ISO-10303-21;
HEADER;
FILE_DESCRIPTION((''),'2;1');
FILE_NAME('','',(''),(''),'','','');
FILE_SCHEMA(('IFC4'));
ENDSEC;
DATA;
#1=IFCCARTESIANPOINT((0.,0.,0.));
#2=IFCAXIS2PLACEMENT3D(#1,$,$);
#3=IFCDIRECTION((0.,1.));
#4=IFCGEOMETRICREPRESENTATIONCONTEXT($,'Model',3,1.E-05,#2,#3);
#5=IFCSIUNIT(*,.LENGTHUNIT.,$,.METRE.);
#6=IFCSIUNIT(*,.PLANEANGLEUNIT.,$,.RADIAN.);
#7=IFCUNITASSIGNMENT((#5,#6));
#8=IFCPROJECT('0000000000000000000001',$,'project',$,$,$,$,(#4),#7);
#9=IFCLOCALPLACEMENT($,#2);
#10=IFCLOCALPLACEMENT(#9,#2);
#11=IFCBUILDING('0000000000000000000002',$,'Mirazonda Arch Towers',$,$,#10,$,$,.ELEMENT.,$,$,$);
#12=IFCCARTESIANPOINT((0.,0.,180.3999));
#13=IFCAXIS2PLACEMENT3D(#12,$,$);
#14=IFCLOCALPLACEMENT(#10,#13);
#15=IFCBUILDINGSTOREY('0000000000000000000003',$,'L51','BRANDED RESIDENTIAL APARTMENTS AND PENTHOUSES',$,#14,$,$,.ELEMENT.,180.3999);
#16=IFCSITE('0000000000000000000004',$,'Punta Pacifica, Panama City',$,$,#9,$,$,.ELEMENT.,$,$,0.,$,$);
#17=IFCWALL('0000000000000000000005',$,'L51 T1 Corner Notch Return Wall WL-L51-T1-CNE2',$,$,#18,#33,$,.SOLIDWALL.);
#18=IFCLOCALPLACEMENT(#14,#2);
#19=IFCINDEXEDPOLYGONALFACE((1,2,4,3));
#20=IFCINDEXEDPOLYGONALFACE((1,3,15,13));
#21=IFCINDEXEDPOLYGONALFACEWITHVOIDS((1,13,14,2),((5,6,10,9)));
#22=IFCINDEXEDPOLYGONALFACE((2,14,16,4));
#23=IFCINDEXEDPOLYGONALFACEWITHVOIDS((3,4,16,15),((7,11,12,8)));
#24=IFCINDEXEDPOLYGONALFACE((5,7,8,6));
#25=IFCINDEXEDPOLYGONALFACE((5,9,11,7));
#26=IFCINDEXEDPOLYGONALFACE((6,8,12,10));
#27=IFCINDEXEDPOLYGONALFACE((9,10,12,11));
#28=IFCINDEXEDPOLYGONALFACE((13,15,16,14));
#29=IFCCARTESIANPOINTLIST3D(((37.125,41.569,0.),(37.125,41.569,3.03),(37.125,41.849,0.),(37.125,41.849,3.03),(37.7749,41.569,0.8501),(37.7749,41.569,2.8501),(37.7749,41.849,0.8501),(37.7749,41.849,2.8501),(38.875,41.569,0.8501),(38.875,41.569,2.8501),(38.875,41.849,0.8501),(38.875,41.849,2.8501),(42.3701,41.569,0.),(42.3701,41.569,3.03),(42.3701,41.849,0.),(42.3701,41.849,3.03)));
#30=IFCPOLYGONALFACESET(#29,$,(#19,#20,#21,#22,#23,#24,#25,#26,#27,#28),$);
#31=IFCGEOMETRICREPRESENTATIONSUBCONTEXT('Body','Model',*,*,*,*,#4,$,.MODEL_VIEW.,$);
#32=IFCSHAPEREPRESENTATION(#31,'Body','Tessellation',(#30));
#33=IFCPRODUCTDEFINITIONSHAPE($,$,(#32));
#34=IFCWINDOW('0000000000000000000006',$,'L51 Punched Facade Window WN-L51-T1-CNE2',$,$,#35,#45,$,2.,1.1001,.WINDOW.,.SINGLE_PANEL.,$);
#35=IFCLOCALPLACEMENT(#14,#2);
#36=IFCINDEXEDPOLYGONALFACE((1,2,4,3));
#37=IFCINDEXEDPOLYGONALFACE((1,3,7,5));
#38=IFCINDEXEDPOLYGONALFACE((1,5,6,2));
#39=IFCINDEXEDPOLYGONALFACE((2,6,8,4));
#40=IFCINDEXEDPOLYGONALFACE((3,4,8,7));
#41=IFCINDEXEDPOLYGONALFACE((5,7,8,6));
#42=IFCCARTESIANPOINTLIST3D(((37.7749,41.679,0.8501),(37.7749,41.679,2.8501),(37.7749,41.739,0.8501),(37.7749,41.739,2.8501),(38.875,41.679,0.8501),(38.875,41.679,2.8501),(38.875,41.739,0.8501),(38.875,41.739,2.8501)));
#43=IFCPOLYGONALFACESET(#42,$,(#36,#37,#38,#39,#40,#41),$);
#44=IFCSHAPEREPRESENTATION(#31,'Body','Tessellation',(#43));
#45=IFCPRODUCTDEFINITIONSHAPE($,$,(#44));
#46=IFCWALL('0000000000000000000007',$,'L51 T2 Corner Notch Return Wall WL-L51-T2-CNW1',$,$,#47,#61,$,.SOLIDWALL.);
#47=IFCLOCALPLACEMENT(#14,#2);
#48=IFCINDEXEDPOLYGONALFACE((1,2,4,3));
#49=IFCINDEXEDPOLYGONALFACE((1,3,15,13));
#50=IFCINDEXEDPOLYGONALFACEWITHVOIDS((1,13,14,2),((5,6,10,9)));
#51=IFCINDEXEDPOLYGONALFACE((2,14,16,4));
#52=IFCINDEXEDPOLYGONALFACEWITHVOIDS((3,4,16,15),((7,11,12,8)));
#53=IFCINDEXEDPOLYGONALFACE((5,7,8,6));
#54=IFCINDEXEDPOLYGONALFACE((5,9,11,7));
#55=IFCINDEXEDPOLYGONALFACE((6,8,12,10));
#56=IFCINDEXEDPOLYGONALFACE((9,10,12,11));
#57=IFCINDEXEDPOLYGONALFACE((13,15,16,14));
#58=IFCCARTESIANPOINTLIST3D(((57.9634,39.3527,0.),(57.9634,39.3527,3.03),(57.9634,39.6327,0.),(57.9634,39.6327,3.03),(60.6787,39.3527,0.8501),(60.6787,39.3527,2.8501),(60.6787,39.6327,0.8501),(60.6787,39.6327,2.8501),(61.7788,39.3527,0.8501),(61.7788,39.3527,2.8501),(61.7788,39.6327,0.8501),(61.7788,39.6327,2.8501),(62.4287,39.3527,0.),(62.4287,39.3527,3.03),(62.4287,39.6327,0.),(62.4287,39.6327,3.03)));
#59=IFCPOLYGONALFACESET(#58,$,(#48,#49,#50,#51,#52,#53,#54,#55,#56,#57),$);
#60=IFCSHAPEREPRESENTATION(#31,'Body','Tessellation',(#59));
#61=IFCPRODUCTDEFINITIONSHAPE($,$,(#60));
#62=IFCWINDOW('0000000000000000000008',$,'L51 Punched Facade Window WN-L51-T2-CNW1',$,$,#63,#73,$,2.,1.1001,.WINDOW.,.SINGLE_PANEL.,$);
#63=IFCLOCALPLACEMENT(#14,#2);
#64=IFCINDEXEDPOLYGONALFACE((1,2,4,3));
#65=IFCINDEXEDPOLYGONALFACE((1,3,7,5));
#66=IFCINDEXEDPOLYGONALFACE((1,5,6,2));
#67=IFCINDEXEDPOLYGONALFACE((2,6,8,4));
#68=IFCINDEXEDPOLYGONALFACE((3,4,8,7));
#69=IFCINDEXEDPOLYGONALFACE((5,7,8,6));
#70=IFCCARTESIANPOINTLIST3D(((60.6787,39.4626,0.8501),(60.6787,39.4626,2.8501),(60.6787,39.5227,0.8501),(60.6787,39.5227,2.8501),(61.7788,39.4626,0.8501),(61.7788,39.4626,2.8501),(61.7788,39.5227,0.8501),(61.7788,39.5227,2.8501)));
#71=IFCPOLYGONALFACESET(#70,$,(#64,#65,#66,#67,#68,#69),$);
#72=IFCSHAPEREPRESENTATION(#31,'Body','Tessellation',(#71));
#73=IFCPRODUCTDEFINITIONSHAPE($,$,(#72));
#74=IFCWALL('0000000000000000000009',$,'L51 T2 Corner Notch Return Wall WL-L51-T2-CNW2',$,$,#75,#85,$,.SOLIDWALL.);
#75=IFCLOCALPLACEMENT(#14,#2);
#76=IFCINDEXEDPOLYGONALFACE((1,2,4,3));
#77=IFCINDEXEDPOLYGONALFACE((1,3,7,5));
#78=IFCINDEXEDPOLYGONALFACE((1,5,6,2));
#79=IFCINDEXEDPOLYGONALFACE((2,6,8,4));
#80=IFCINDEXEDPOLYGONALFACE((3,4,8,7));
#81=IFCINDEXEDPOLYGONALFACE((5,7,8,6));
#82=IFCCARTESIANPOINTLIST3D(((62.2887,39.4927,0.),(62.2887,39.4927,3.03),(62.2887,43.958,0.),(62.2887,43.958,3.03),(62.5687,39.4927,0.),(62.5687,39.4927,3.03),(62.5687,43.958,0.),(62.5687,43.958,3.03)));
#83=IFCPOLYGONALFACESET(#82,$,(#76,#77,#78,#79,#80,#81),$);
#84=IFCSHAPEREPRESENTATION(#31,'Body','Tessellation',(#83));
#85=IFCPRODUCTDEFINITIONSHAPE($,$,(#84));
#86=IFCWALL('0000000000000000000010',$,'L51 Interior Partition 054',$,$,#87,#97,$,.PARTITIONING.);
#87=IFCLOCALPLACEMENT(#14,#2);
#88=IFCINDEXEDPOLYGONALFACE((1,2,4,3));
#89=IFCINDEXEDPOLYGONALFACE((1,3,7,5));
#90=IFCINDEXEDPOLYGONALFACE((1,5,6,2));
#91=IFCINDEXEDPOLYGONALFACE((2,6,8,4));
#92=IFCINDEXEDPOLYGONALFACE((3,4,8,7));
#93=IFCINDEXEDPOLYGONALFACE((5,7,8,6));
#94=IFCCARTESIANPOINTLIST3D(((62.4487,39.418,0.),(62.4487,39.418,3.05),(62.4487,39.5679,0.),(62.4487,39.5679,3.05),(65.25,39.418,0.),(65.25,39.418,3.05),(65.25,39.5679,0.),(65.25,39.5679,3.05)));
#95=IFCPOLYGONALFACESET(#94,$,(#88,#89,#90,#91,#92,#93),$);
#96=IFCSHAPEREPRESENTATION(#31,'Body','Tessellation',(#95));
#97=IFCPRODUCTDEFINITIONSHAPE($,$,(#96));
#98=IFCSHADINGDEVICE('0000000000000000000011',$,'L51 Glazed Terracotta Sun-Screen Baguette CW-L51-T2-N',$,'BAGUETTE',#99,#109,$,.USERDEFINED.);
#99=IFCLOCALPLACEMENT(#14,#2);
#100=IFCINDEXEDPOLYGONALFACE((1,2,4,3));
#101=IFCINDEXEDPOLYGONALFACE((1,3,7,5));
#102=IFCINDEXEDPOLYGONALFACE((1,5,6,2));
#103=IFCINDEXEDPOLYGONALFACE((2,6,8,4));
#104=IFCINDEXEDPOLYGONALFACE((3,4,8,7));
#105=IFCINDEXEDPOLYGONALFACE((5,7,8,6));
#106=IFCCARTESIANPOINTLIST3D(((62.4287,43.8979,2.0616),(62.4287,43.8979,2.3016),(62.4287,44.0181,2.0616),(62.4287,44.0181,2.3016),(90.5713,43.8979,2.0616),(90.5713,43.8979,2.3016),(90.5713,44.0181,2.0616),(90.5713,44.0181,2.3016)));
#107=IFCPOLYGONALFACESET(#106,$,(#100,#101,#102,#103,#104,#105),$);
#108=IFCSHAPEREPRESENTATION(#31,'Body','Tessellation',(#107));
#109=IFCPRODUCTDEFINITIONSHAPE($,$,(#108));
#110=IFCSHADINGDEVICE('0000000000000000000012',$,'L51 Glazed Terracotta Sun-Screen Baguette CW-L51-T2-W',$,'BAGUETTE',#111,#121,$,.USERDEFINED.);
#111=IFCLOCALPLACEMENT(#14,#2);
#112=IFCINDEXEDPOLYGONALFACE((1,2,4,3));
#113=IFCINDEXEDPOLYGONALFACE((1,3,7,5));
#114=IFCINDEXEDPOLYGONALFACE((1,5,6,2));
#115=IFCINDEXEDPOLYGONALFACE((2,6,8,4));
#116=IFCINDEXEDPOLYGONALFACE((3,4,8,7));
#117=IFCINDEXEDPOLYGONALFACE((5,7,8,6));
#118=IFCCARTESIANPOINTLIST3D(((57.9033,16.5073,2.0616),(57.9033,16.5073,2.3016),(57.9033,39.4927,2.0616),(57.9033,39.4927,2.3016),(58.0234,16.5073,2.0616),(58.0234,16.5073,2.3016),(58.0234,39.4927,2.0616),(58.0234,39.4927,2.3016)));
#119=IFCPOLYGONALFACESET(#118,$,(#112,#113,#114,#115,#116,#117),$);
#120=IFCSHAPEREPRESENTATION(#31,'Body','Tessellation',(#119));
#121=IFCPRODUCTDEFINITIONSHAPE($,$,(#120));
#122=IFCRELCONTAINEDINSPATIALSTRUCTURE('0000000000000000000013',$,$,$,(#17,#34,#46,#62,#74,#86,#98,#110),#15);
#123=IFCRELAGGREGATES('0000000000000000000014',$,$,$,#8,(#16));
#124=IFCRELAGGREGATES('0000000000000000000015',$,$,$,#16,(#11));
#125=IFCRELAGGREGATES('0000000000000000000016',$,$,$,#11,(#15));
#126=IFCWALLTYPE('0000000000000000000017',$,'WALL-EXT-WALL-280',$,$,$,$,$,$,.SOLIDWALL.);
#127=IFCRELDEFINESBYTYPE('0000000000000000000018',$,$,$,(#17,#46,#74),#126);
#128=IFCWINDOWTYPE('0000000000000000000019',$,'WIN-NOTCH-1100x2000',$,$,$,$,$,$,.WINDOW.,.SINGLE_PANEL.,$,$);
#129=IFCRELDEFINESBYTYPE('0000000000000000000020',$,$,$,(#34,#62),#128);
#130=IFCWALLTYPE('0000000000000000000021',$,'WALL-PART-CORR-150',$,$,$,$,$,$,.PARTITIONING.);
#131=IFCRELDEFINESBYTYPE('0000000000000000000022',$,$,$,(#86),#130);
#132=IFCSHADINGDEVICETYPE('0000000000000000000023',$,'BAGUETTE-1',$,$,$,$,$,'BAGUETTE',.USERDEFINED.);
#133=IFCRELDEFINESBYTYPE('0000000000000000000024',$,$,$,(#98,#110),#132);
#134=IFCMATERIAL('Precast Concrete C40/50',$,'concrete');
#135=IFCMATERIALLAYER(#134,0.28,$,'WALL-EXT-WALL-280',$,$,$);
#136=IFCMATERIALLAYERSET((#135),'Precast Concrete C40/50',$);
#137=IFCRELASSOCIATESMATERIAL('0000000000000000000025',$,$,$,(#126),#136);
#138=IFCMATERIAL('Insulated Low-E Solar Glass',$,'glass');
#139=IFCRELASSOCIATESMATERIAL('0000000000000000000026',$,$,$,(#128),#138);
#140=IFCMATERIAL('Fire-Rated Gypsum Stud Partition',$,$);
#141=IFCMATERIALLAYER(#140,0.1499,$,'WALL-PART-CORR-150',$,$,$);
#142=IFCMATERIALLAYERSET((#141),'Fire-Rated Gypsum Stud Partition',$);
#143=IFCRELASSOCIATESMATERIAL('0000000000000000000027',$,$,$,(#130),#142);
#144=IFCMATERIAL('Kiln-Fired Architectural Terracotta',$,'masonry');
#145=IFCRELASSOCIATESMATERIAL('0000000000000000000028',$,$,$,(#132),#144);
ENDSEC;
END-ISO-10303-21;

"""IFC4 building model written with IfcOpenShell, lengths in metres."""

from ifc_helpers import new_model, si_unit, direction, frame, frame_2d, origin, origin_2d, place, context, subcontext, project, spatial, rectangle, extrude, material, layer, layer_set, material_profile, profile_set, type_object, element, fill, save


model = new_model("IFC4")

# Units and contexts
model_context = context("Model", 3, precision=1e-05, world=origin(), true_north=direction((0.0, 1.0)))
body_context = subcontext(model_context, "Body", "Model", "MODEL_VIEW")
ifc_project = project(units=[si_unit("LENGTHUNIT", "METRE"), si_unit("PLANEANGLEUNIT", "RADIAN")], contexts=[model_context])

# Site, building, storey
site_placement = place(None, origin())
site = spatial("IfcSite", under=ifc_project, at=site_placement, Name="Punta Pacifica, Panama City", CompositionType="ELEMENT", RefElevation=0.0)
building_placement = place(site_placement, origin())
building = spatial("IfcBuilding", under=site, at=building_placement, Name="Mirazonda Arch Towers", CompositionType="ELEMENT")
storey_placement = place(building_placement, frame((0.0, 0.0, 180.3999)))
storey = spatial("IfcBuildingStorey", under=building, at=storey_placement, Name="L51", Description="BRANDED RESIDENTIAL APARTMENTS AND PENTHOUSES", CompositionType="ELEMENT", Elevation=180.3999)

# Shared definitions
ifc_material_1 = material(Name="Insulated Low-E Solar Glass", Category="glass")

# Walls, openings, windows
ifc_material_2 = material(Name="Precast Concrete C40/50", Category="concrete")
ifc_layer_1 = layer(ifc_material_2, 0.28, Name="WALL-EXT-WALL-280")
ifc_layer_set_1 = layer_set([ifc_layer_1], Name="Precast Concrete C40/50")
wall_type_1 = type_object("IfcWallType", Name="WALL-EXT-WALL-280", PredefinedType="SOLIDWALL", material=ifc_layer_set_1)
wall_1_placement = place(storey_placement, frame((42.3701, 41.709, 0.0), z_axis=(0.0, 0.0, 1.0), x_axis=(-1.0, 0.0, 0.0)))
wall_1 = element("IfcWall", 1, at=wall_1_placement, inside=storey, type_object=wall_type_1, Name="L51 T1 Corner Notch Return Wall WL-L51-T1-CNE2", PredefinedType="SOLIDWALL", context=body_context, shape_type="SweptSolid", body=[
    extrude(rectangle(XDim=5.2451, YDim=0.28, at=frame_2d((2.6226, 0.0))), origin(), (0.0, 0.0, 1.0), 3.03),
])
opening_1_placement = place(wall_1_placement, frame((3.4951, 0.0, 0.8501)))
opening_1 = element("IfcOpeningElement", 2, at=opening_1_placement, cuts=wall_1, PredefinedType="OPENING", context=body_context, shape_type="SweptSolid", body=[
    extrude(rectangle(XDim=1.1001, YDim=2.0, at=frame_2d((0.55, 1.0))), frame((0.0, 0.1499, 0.0), z_axis=(0.0, -1.0, 0.0), x_axis=(1.0, 0.0, 0.0)), (0.0, 0.0, 1.0), 0.3),
])
window_type = type_object("IfcWindowType", Name="WIN-NOTCH-1100x2000", PartitioningType="SINGLE_PANEL", PredefinedType="WINDOW", material=ifc_material_1)
window_1_placement = place(opening_1_placement, origin())
window_1 = element("IfcWindow", 3, at=window_1_placement, inside=storey, type_object=window_type, Name="L51 Punched Facade Window WN-L51-T1-CNE2", OverallHeight=2.0, OverallWidth=1.1001, PartitioningType="SINGLE_PANEL", PredefinedType="WINDOW", context=body_context, shape_type="SweptSolid", body=[
    extrude(rectangle(XDim=1.1001, YDim=2.0, at=frame_2d((0.55, 1.0))), frame((0.0, 0.03, 0.0), z_axis=(0.0, -1.0, 0.0), x_axis=(1.0, 0.0, 0.0)), (0.0, 0.0, 1.0), 0.0601),
])
fill(opening_1, window_1)
wall_2_placement = place(storey_placement, frame((62.4287, 39.4927, 0.0), z_axis=(0.0, 0.0, 1.0), x_axis=(-1.0, 0.0, 0.0)))
wall_2 = element("IfcWall", 4, at=wall_2_placement, inside=storey, type_object=wall_type_1, Name="L51 T2 Corner Notch Return Wall WL-L51-T2-CNW1", PredefinedType="SOLIDWALL", context=body_context, shape_type="SweptSolid", body=[
    extrude(rectangle(XDim=4.4653, YDim=0.28, at=frame_2d((2.2327, 0.0))), origin(), (0.0, 0.0, 1.0), 3.03),
])
opening_2_placement = place(wall_2_placement, frame((0.6499, 0.0, 0.8501)))
opening_2 = element("IfcOpeningElement", 5, at=opening_2_placement, cuts=wall_2, PredefinedType="OPENING", context=body_context, shape_type="SweptSolid", body=[
    extrude(rectangle(XDim=1.1001, YDim=2.0, at=frame_2d((0.55, 1.0))), frame((0.0, 0.1499, 0.0), z_axis=(0.0, -1.0, 0.0), x_axis=(1.0, 0.0, 0.0)), (0.0, 0.0, 1.0), 0.3),
])
window_2_placement = place(opening_2_placement, origin())
window_2 = element("IfcWindow", 6, at=window_2_placement, inside=storey, type_object=window_type, Name="L51 Punched Facade Window WN-L51-T2-CNW1", OverallHeight=2.0, OverallWidth=1.1001, PartitioningType="SINGLE_PANEL", PredefinedType="WINDOW", context=body_context, shape_type="SweptSolid", body=[
    extrude(rectangle(XDim=1.1001, YDim=2.0, at=frame_2d((0.55, 1.0))), frame((0.0, 0.03, 0.0), z_axis=(0.0, -1.0, 0.0), x_axis=(1.0, 0.0, 0.0)), (0.0, 0.0, 1.0), 0.0601),
])
fill(opening_2, window_2)

# Wall
wall_3_placement = place(storey_placement, frame((62.4287, 43.958, 0.0), z_axis=(0.0, 0.0, 1.0), x_axis=(0.0, -1.0, 0.0)))
element("IfcWall", 7, at=wall_3_placement, inside=storey, type_object=wall_type_1, Name="L51 T2 Corner Notch Return Wall WL-L51-T2-CNW2", PredefinedType="SOLIDWALL", context=body_context, shape_type="SweptSolid", body=[
    extrude(rectangle(XDim=4.4653, YDim=0.28, at=frame_2d((2.2327, 0.0))), origin(), (0.0, 0.0, 1.0), 3.03),
])

# Shared definitions
ifc_material_3 = material(Name="Fire-Rated Gypsum Stud Partition")
ifc_layer_2 = layer(ifc_material_3, 0.1499, Name="WALL-PART-CORR-150")
ifc_layer_set_2 = layer_set([ifc_layer_2], Name="Fire-Rated Gypsum Stud Partition")
wall_type_2 = type_object("IfcWallType", Name="WALL-PART-CORR-150", PredefinedType="PARTITIONING", material=ifc_layer_set_2)

# Wall
wall_4_placement = place(storey_placement, frame((62.4487, 39.4929, 0.0), z_axis=(0.0, 0.0, 1.0), x_axis=(1.0, 0.0, 0.0)))
element("IfcWall", 8, at=wall_4_placement, inside=storey, type_object=wall_type_2, Name="L51 Interior Partition 054", PredefinedType="PARTITIONING", context=body_context, shape_type="SweptSolid", body=[
    extrude(rectangle(XDim=2.8013, YDim=0.1499, at=frame_2d((1.4006, 0.0))), origin(), (0.0, 0.0, 1.0), 3.05),
])

# Shading devices
ifc_material_4 = material(Name="Kiln-Fired Architectural Terracotta", Category="masonry")
ifc_material_profile_1 = material_profile(ifc_material_4, rectangle(XDim=0.1201, YDim=0.24, at=origin_2d()), Name="TERRA-BAG-120x240")
ifc_profile_set_1 = profile_set([ifc_material_profile_1], Name="Kiln-Fired Architectural Terracotta")
shading_device_type = type_object("IfcShadingDeviceType", Name="BAGUETTE-1", ElementType="BAGUETTE", PredefinedType="USERDEFINED", material=ifc_profile_set_1)
shading_device_1_placement = place(storey_placement, frame((62.4287, 43.958, 2.1816), z_axis=(1.0, 0.0, 0.0), x_axis=(0.0, 1.0, 0.0)))
element("IfcShadingDevice", 9, at=shading_device_1_placement, inside=storey, type_object=shading_device_type, Name="L51 Glazed Terracotta Sun-Screen Baguette CW-L51-T2-N", ObjectType="BAGUETTE", PredefinedType="USERDEFINED", context=body_context, shape_type="SweptSolid", body=[
    extrude(rectangle(XDim=0.1201, YDim=0.24, at=origin_2d()), origin(), (0.0, 0.0, 1.0), 28.1426),
])
shading_device_2_placement = place(storey_placement, frame((57.9634, 39.4927, 2.1816), z_axis=(0.0, -1.0, 0.0), x_axis=(1.0, 0.0, 0.0)))
element("IfcShadingDevice", 10, at=shading_device_2_placement, inside=storey, type_object=shading_device_type, Name="L51 Glazed Terracotta Sun-Screen Baguette CW-L51-T2-W", ObjectType="BAGUETTE", PredefinedType="USERDEFINED", context=body_context, shape_type="SweptSolid", body=[
    extrude(rectangle(XDim=0.1201, YDim=0.24, at=origin_2d()), origin(), (0.0, 0.0, 1.0), 22.9854),
])

save(model, "model.ifc")
